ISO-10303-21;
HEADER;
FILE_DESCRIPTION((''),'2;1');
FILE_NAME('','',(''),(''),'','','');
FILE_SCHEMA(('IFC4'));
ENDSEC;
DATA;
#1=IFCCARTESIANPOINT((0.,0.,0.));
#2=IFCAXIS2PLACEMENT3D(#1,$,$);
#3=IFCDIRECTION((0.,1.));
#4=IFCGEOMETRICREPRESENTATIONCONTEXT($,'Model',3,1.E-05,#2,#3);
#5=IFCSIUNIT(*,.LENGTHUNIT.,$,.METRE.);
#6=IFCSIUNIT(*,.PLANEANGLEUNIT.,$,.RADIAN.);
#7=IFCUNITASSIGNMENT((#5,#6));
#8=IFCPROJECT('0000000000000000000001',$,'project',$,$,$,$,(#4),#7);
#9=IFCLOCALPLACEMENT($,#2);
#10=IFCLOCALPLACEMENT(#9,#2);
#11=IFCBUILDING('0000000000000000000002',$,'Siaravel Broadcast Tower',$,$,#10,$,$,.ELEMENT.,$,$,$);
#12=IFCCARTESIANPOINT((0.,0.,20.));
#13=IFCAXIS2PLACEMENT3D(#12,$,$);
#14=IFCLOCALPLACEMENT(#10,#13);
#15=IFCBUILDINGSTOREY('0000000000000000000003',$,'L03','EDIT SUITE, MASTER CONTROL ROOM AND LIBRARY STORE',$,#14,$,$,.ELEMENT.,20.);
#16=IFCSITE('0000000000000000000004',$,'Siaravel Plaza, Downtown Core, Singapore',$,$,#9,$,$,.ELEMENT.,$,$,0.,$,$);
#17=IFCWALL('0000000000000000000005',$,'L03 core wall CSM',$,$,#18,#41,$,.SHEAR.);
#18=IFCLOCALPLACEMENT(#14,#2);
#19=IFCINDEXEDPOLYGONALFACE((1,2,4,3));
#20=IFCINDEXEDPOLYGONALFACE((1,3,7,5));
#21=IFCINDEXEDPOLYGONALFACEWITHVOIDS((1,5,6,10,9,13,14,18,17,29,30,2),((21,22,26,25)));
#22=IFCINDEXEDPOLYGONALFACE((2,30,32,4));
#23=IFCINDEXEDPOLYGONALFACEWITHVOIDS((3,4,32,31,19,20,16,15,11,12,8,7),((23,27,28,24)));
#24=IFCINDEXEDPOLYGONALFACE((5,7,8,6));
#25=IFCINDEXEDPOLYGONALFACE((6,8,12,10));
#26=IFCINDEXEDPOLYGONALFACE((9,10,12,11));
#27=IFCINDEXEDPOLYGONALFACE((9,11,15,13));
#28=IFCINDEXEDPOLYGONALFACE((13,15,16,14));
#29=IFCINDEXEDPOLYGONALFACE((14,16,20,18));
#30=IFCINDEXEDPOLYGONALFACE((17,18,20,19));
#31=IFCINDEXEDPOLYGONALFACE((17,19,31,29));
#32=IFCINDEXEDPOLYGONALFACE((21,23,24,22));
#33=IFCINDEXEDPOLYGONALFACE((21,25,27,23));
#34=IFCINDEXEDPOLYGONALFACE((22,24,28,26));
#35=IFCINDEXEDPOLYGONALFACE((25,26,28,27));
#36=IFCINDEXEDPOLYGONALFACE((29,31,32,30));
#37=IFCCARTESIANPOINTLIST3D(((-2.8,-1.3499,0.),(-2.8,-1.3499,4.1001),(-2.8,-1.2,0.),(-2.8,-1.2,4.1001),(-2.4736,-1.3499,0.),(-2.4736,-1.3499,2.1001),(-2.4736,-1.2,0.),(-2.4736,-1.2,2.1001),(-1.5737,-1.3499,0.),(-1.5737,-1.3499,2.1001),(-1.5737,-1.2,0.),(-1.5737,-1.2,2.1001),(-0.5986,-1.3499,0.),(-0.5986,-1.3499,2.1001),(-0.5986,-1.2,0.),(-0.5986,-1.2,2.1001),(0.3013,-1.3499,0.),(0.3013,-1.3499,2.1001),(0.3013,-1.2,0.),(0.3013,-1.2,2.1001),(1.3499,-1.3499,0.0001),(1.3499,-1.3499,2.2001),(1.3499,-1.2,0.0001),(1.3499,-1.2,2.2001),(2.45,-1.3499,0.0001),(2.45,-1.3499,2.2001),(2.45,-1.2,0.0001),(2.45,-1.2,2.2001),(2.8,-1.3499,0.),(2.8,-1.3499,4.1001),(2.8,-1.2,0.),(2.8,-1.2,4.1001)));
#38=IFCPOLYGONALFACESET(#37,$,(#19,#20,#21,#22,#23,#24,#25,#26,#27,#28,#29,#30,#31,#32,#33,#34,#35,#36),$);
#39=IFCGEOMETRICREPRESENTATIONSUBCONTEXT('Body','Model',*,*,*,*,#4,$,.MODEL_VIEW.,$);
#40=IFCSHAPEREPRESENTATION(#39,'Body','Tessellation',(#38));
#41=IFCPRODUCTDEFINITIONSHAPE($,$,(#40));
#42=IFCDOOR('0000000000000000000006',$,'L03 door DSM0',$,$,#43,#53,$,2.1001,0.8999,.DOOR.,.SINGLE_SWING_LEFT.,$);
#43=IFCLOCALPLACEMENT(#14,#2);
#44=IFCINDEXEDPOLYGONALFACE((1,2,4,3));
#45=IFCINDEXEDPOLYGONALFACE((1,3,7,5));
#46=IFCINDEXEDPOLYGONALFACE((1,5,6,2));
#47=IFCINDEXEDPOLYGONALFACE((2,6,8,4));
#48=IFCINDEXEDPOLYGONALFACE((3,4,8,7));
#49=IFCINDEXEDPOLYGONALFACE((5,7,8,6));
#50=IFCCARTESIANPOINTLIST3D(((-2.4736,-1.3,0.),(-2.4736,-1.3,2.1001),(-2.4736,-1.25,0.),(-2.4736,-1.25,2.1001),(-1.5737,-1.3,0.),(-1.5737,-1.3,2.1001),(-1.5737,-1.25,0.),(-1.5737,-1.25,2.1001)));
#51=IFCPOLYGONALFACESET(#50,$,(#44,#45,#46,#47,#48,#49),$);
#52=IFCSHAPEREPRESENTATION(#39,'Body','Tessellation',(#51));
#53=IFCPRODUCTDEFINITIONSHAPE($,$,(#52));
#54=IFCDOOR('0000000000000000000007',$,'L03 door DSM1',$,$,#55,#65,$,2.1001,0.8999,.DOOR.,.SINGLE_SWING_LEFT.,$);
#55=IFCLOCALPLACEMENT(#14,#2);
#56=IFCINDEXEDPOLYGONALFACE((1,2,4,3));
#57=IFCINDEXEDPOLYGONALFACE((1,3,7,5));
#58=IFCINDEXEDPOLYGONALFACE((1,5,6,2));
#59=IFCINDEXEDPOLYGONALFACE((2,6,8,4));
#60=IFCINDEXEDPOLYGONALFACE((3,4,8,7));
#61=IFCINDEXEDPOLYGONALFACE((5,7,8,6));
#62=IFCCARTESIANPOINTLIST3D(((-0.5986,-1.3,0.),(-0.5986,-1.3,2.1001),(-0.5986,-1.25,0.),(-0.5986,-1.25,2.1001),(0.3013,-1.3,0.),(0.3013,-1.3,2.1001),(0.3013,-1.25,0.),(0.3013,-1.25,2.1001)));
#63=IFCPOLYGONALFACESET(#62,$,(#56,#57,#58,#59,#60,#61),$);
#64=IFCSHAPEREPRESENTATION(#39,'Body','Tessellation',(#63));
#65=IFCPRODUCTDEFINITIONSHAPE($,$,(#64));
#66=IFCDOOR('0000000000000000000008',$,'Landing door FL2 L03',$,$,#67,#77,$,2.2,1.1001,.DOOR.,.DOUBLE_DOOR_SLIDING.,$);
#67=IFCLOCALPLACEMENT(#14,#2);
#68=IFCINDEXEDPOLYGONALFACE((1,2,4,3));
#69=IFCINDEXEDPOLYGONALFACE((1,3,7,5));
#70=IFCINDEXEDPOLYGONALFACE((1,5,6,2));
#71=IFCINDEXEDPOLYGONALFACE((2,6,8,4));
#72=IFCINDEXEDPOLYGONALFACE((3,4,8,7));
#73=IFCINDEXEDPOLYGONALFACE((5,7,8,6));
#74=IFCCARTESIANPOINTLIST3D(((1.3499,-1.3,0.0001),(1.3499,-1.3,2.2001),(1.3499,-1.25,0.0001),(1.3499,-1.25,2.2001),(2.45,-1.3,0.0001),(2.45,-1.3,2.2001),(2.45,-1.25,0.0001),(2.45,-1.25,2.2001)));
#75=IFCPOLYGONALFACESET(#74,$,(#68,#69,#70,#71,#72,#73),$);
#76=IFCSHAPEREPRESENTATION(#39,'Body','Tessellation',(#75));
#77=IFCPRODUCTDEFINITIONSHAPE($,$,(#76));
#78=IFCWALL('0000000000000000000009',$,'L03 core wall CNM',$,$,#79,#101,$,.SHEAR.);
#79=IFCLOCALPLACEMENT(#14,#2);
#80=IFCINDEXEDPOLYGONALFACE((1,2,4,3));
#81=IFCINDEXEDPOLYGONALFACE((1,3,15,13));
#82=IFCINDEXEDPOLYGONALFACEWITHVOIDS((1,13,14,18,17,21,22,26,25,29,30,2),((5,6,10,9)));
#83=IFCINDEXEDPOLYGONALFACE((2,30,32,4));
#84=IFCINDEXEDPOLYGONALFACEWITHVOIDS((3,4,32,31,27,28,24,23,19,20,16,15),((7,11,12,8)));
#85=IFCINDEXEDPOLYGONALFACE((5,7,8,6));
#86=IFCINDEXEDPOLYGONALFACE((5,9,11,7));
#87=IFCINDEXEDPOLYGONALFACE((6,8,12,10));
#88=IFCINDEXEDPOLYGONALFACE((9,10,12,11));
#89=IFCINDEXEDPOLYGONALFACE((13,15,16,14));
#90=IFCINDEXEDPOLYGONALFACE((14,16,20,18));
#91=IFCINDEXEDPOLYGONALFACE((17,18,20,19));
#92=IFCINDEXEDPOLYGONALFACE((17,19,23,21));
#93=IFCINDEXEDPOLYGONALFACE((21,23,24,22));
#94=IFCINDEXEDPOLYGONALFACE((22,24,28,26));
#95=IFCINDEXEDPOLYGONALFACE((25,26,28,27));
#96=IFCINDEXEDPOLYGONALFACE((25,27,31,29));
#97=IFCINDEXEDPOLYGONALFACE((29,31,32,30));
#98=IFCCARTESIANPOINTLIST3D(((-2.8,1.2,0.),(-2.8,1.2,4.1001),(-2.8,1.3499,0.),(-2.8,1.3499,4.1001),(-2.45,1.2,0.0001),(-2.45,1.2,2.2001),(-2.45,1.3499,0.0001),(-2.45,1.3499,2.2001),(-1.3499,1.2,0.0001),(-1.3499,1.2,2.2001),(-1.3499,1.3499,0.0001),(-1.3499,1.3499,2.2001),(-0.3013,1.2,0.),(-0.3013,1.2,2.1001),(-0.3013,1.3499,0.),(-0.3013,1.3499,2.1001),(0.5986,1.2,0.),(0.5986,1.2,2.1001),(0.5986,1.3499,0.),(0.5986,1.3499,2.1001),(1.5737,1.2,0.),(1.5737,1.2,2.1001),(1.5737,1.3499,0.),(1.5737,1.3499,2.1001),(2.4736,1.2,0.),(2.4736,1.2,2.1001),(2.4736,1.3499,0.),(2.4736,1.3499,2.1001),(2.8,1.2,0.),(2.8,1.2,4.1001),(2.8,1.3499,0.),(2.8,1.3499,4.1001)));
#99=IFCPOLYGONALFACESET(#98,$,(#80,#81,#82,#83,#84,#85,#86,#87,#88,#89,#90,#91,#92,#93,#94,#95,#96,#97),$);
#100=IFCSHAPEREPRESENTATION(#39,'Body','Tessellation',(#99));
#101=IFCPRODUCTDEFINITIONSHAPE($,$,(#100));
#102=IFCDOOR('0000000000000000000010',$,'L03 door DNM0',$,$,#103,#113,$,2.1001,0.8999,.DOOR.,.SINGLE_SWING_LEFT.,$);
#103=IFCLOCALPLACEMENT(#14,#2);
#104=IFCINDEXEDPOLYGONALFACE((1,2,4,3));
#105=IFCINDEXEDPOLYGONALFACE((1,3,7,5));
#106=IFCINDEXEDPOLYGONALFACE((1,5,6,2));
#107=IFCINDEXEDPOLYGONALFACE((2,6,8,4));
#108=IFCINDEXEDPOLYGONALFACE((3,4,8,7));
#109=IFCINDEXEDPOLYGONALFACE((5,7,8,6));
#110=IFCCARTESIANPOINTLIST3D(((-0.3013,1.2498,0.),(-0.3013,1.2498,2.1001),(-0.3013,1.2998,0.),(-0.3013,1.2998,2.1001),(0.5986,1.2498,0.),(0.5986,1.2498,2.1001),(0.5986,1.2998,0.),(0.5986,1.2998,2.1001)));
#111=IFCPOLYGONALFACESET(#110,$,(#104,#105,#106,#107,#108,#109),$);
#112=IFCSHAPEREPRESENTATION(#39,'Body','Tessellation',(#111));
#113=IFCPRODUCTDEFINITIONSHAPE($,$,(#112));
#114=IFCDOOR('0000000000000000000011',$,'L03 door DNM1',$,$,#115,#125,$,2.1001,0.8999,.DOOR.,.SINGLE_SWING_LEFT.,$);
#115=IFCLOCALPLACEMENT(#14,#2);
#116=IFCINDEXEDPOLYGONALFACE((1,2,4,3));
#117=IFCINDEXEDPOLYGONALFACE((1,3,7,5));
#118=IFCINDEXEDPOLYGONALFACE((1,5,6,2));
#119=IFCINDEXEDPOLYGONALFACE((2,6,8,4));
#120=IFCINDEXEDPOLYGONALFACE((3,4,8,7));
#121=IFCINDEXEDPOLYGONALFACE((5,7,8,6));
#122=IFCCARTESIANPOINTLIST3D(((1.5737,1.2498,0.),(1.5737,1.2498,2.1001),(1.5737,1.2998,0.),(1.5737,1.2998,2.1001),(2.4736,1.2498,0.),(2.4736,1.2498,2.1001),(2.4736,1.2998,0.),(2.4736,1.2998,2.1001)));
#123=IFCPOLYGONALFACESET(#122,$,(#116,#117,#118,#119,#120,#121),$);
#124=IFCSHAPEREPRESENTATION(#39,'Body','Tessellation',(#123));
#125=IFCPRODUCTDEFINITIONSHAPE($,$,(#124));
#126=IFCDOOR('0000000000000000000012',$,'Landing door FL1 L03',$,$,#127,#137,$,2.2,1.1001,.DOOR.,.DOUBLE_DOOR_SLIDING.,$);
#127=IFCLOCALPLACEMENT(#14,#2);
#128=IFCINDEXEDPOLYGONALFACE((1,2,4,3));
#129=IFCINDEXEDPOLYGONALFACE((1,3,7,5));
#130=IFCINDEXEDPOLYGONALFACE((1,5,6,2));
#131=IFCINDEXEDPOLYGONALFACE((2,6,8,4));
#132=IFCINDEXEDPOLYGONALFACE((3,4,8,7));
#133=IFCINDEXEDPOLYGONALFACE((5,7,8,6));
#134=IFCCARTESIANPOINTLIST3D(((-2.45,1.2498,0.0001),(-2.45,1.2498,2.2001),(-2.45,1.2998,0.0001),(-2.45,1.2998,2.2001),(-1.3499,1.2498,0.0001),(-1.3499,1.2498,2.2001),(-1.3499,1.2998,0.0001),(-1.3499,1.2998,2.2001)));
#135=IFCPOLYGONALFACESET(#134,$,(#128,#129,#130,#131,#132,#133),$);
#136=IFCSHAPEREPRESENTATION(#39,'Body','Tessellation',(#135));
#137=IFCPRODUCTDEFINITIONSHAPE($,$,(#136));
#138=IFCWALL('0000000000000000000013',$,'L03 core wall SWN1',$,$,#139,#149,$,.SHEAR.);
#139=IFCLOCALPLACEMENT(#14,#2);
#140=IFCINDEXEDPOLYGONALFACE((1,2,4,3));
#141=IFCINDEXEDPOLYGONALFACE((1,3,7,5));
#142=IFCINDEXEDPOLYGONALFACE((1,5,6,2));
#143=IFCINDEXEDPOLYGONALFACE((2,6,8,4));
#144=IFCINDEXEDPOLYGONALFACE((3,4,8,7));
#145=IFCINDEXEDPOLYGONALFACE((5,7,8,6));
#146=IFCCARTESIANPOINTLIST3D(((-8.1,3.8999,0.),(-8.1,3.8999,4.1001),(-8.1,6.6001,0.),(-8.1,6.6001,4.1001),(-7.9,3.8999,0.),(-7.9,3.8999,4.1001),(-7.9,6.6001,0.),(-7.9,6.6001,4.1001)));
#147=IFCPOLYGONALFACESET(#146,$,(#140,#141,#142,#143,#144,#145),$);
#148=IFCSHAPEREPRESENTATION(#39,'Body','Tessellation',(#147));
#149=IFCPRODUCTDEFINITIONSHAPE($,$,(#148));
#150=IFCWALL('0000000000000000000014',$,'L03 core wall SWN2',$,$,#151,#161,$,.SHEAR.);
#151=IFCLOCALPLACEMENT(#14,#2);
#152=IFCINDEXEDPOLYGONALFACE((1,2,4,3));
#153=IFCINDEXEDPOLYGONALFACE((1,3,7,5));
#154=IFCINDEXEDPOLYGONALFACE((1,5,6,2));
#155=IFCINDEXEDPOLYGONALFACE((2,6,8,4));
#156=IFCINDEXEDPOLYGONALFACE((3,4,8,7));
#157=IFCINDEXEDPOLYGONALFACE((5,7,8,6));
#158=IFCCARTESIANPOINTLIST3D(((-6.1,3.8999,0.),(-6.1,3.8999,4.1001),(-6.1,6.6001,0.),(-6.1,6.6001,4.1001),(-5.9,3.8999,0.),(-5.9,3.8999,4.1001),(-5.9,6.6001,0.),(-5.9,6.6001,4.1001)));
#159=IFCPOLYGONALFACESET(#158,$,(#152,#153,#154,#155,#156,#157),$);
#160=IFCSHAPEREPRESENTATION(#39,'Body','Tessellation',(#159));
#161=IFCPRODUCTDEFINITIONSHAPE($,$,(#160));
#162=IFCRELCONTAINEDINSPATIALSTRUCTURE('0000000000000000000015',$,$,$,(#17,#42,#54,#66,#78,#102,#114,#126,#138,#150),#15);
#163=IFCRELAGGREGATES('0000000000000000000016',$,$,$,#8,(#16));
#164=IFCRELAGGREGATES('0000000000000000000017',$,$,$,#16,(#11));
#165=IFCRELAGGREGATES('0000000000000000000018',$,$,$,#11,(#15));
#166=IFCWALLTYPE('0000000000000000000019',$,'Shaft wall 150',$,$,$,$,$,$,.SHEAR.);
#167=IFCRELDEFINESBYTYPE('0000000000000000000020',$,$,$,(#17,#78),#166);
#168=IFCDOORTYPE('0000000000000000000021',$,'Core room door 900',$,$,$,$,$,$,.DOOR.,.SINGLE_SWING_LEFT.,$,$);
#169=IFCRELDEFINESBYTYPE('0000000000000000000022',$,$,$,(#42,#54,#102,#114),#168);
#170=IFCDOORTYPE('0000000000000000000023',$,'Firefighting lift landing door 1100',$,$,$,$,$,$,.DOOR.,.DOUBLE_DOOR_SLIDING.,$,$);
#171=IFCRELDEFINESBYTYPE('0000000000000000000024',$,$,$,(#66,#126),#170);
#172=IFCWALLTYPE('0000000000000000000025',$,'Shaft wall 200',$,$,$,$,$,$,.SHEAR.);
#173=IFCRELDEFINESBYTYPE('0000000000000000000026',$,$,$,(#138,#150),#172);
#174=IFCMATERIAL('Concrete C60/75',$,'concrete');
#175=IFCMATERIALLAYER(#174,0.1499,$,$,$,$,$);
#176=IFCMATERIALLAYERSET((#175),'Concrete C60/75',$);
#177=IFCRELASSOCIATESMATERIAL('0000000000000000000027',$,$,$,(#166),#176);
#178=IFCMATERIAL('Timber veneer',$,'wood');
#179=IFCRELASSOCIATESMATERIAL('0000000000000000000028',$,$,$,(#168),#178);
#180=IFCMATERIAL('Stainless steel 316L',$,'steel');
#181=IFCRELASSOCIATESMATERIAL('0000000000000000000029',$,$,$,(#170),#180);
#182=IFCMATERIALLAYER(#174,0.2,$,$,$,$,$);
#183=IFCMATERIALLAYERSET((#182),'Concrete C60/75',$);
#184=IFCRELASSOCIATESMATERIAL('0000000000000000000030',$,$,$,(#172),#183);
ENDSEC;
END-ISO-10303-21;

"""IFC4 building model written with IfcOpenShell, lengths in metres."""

from ifc_helpers import new_model, si_unit, direction, frame, frame_2d, origin, place, context, subcontext, project, spatial, rectangle, extrude, material, layer, layer_set, type_object, element, fill, save


model = new_model("IFC4")

# Units and contexts
model_context = context("Model", 3, precision=1e-05, world=origin(), true_north=direction((0.0, 1.0)))
body_context = subcontext(model_context, "Body", "Model", "MODEL_VIEW")
ifc_project = project(units=[si_unit("LENGTHUNIT", "METRE"), si_unit("PLANEANGLEUNIT", "RADIAN")], contexts=[model_context])

# Site, building, storey
site_placement = place(None, origin())
site = spatial("IfcSite", under=ifc_project, at=site_placement, Name="Siaravel Plaza, Downtown Core, Singapore", CompositionType="ELEMENT", RefElevation=0.0)
building_placement = place(site_placement, origin())
building = spatial("IfcBuilding", under=site, at=building_placement, Name="Siaravel Broadcast Tower", CompositionType="ELEMENT")
storey_placement = place(building_placement, frame((0.0, 0.0, 20.0)))
storey = spatial("IfcBuildingStorey", under=building, at=storey_placement, Name="L03", Description="EDIT SUITE, MASTER CONTROL ROOM AND LIBRARY STORE", CompositionType="ELEMENT", Elevation=20.0)

# Walls, openings, doors
ifc_material_1 = material(Name="Concrete C60/75", Category="concrete")
ifc_layer_1 = layer(ifc_material_1, 0.1499)
ifc_layer_set_1 = layer_set([ifc_layer_1], Name="Concrete C60/75")
wall_type_1 = type_object("IfcWallType", Name="Shaft wall 150", PredefinedType="SHEAR", material=ifc_layer_set_1)
wall_1_placement = place(storey_placement, frame((-2.8, -1.2749, 0.0), z_axis=(0.0, 0.0, 1.0), x_axis=(1.0, 0.0, 0.0)))
wall_1 = element("IfcWall", 1, at=wall_1_placement, inside=storey, type_object=wall_type_1, Name="L03 core wall CSM", PredefinedType="SHEAR", context=body_context, shape_type="SweptSolid", body=[
    extrude(rectangle(XDim=5.6001, YDim=0.1499, at=frame_2d((2.8, 0.0))), origin(), (0.0, 0.0, 1.0), 4.1001),
])
opening_1_placement = place(wall_1_placement, frame((4.1499, 0.0, 0.0)))
opening_1 = element("IfcOpeningElement", 2, at=opening_1_placement, cuts=wall_1, PredefinedType="OPENING", context=body_context, shape_type="SweptSolid", body=[
    extrude(rectangle(XDim=1.1001, YDim=2.2, at=frame_2d((0.55, 1.1001))), frame((0.0, 0.085, 0.0), z_axis=(0.0, -1.0, 0.0), x_axis=(1.0, 0.0, 0.0)), (0.0, 0.0, 1.0), 0.1699),
])
opening_2_placement = place(wall_1_placement, frame((0.3264, 0.0, 0.0)))
opening_2 = element("IfcOpeningElement", 3, at=opening_2_placement, cuts=wall_1, PredefinedType="OPENING", context=body_context, shape_type="SweptSolid", body=[
    extrude(rectangle(XDim=0.8999, YDim=2.1001, at=frame_2d((0.45, 1.05))), frame((0.0, 0.085, 0.0), z_axis=(0.0, -1.0, 0.0), x_axis=(1.0, 0.0, 0.0)), (0.0, 0.0, 1.0), 0.1699),
])
opening_3_placement = place(wall_1_placement, frame((2.2014, 0.0, 0.0)))
opening_3 = element("IfcOpeningElement", 4, at=opening_3_placement, cuts=wall_1, PredefinedType="OPENING", context=body_context, shape_type="SweptSolid", body=[
    extrude(rectangle(XDim=0.8999, YDim=2.1001, at=frame_2d((0.45, 1.05))), frame((0.0, 0.085, 0.0), z_axis=(0.0, -1.0, 0.0), x_axis=(1.0, 0.0, 0.0)), (0.0, 0.0, 1.0), 0.1699),
])
ifc_material_2 = material(Name="Timber veneer", Category="wood")
door_type_1 = type_object("IfcDoorType", Name="Core room door 900", OperationType="SINGLE_SWING_LEFT", PredefinedType="DOOR", material=ifc_material_2)
door_1_placement = place(opening_2_placement, origin())
door_1 = element("IfcDoor", 5, at=door_1_placement, inside=storey, type_object=door_type_1, Name="L03 door DSM0", OperationType="SINGLE_SWING_LEFT", OverallHeight=2.1001, OverallWidth=0.8999, PredefinedType="DOOR", context=body_context, shape_type="SweptSolid", body=[
    extrude(rectangle(XDim=0.8999, YDim=2.1001, at=frame_2d((0.45, 1.05))), frame((0.0, 0.0249, 0.0), z_axis=(0.0, -1.0, 0.0), x_axis=(1.0, 0.0, 0.0)), (0.0, 0.0, 1.0), 0.05),
])
fill(opening_2, door_1)
door_2_placement = place(opening_3_placement, origin())
door_2 = element("IfcDoor", 6, at=door_2_placement, inside=storey, type_object=door_type_1, Name="L03 door DSM1", OperationType="SINGLE_SWING_LEFT", OverallHeight=2.1001, OverallWidth=0.8999, PredefinedType="DOOR", context=body_context, shape_type="SweptSolid", body=[
    extrude(rectangle(XDim=0.8999, YDim=2.1001, at=frame_2d((0.45, 1.05))), frame((0.0, 0.0249, 0.0), z_axis=(0.0, -1.0, 0.0), x_axis=(1.0, 0.0, 0.0)), (0.0, 0.0, 1.0), 0.05),
])
fill(opening_3, door_2)
ifc_material_3 = material(Name="Stainless steel 316L", Category="steel")
door_type_2 = type_object("IfcDoorType", Name="Firefighting lift landing door 1100", OperationType="DOUBLE_DOOR_SLIDING", PredefinedType="DOOR", material=ifc_material_3)
door_3_placement = place(opening_1_placement, origin())
door_3 = element("IfcDoor", 7, at=door_3_placement, inside=storey, type_object=door_type_2, Name="Landing door FL2 L03", OperationType="DOUBLE_DOOR_SLIDING", OverallHeight=2.2, OverallWidth=1.1001, PredefinedType="DOOR", context=body_context, shape_type="SweptSolid", body=[
    extrude(rectangle(XDim=1.1001, YDim=2.2, at=frame_2d((0.55, 1.1001))), frame((0.0, 0.0249, 0.0), z_axis=(0.0, -1.0, 0.0), x_axis=(1.0, 0.0, 0.0)), (0.0, 0.0, 1.0), 0.05),
])
fill(opening_1, door_3)
wall_2_placement = place(storey_placement, frame((-2.8, 1.2749, 0.0), z_axis=(0.0, 0.0, 1.0), x_axis=(1.0, 0.0, 0.0)))
wall_2 = element("IfcWall", 8, at=wall_2_placement, inside=storey, type_object=wall_type_1, Name="L03 core wall CNM", PredefinedType="SHEAR", context=body_context, shape_type="SweptSolid", body=[
    extrude(rectangle(XDim=5.6001, YDim=0.1499, at=frame_2d((2.8, 0.0))), origin(), (0.0, 0.0, 1.0), 4.1001),
])
opening_4_placement = place(wall_2_placement, frame((0.3501, 0.0, 0.0)))
opening_4 = element("IfcOpeningElement", 9, at=opening_4_placement, cuts=wall_2, PredefinedType="OPENING", context=body_context, shape_type="SweptSolid", body=[
    extrude(rectangle(XDim=1.1001, YDim=2.2, at=frame_2d((0.55, 1.1001))), frame((0.0, 0.085, 0.0), z_axis=(0.0, -1.0, 0.0), x_axis=(1.0, 0.0, 0.0)), (0.0, 0.0, 1.0), 0.1699),
])
opening_5_placement = place(wall_2_placement, frame((2.4988, 0.0, 0.0)))
opening_5 = element("IfcOpeningElement", 10, at=opening_5_placement, cuts=wall_2, PredefinedType="OPENING", context=body_context, shape_type="SweptSolid", body=[
    extrude(rectangle(XDim=0.8999, YDim=2.1001, at=frame_2d((0.45, 1.05))), frame((0.0, 0.085, 0.0), z_axis=(0.0, -1.0, 0.0), x_axis=(1.0, 0.0, 0.0)), (0.0, 0.0, 1.0), 0.1699),
])
opening_6_placement = place(wall_2_placement, frame((4.3738, 0.0, 0.0)))
opening_6 = element("IfcOpeningElement", 11, at=opening_6_placement, cuts=wall_2, PredefinedType="OPENING", context=body_context, shape_type="SweptSolid", body=[
    extrude(rectangle(XDim=0.8999, YDim=2.1001, at=frame_2d((0.45, 1.05))), frame((0.0, 0.085, 0.0), z_axis=(0.0, -1.0, 0.0), x_axis=(1.0, 0.0, 0.0)), (0.0, 0.0, 1.0), 0.1699),
])
door_4_placement = place(opening_5_placement, origin())
door_4 = element("IfcDoor", 12, at=door_4_placement, inside=storey, type_object=door_type_1, Name="L03 door DNM0", OperationType="SINGLE_SWING_LEFT", OverallHeight=2.1001, OverallWidth=0.8999, PredefinedType="DOOR", context=body_context, shape_type="SweptSolid", body=[
    extrude(rectangle(XDim=0.8999, YDim=2.1001, at=frame_2d((0.45, 1.05))), frame((0.0, 0.0249, 0.0), z_axis=(0.0, -1.0, 0.0), x_axis=(1.0, 0.0, 0.0)), (0.0, 0.0, 1.0), 0.05),
])
fill(opening_5, door_4)
door_5_placement = place(opening_6_placement, origin())
door_5 = element("IfcDoor", 13, at=door_5_placement, inside=storey, type_object=door_type_1, Name="L03 door DNM1", OperationType="SINGLE_SWING_LEFT", OverallHeight=2.1001, OverallWidth=0.8999, PredefinedType="DOOR", context=body_context, shape_type="SweptSolid", body=[
    extrude(rectangle(XDim=0.8999, YDim=2.1001, at=frame_2d((0.45, 1.05))), frame((0.0, 0.0249, 0.0), z_axis=(0.0, -1.0, 0.0), x_axis=(1.0, 0.0, 0.0)), (0.0, 0.0, 1.0), 0.05),
])
fill(opening_6, door_5)
door_6_placement = place(opening_4_placement, origin())
door_6 = element("IfcDoor", 14, at=door_6_placement, inside=storey, type_object=door_type_2, Name="Landing door FL1 L03", OperationType="DOUBLE_DOOR_SLIDING", OverallHeight=2.2, OverallWidth=1.1001, PredefinedType="DOOR", context=body_context, shape_type="SweptSolid", body=[
    extrude(rectangle(XDim=1.1001, YDim=2.2, at=frame_2d((0.55, 1.1001))), frame((0.0, 0.0249, 0.0), z_axis=(0.0, -1.0, 0.0), x_axis=(1.0, 0.0, 0.0)), (0.0, 0.0, 1.0), 0.05),
])
fill(opening_4, door_6)

# Walls
ifc_layer_2 = layer(ifc_material_1, 0.2)
ifc_layer_set_2 = layer_set([ifc_layer_2], Name="Concrete C60/75")
wall_type_2 = type_object("IfcWallType", Name="Shaft wall 200", PredefinedType="SHEAR", material=ifc_layer_set_2)
for number, where, z_axis, x_axis, name in (
    (15, (-8.0, 3.8999, 0.0), (0.0, 0.0, 1.0), (0.0, 1.0, 0.0), "L03 core wall SWN1"),
    (16, (-6.0, 3.8999, 0.0), (0.0, 0.0, 1.0), (0.0, 1.0, 0.0), "L03 core wall SWN2"),
):
    element("IfcWall", number, at=place(storey_placement, frame(where, z_axis=z_axis, x_axis=x_axis)), inside=storey, type_object=wall_type_2, Name=name, PredefinedType="SHEAR", context=body_context, shape_type="SweptSolid", body=[
        extrude(rectangle(XDim=2.7002, YDim=0.2, at=frame_2d((1.3501, 0.0))), origin(), (0.0, 0.0, 1.0), 4.1001),
    ])

save(model, "model.ifc")
